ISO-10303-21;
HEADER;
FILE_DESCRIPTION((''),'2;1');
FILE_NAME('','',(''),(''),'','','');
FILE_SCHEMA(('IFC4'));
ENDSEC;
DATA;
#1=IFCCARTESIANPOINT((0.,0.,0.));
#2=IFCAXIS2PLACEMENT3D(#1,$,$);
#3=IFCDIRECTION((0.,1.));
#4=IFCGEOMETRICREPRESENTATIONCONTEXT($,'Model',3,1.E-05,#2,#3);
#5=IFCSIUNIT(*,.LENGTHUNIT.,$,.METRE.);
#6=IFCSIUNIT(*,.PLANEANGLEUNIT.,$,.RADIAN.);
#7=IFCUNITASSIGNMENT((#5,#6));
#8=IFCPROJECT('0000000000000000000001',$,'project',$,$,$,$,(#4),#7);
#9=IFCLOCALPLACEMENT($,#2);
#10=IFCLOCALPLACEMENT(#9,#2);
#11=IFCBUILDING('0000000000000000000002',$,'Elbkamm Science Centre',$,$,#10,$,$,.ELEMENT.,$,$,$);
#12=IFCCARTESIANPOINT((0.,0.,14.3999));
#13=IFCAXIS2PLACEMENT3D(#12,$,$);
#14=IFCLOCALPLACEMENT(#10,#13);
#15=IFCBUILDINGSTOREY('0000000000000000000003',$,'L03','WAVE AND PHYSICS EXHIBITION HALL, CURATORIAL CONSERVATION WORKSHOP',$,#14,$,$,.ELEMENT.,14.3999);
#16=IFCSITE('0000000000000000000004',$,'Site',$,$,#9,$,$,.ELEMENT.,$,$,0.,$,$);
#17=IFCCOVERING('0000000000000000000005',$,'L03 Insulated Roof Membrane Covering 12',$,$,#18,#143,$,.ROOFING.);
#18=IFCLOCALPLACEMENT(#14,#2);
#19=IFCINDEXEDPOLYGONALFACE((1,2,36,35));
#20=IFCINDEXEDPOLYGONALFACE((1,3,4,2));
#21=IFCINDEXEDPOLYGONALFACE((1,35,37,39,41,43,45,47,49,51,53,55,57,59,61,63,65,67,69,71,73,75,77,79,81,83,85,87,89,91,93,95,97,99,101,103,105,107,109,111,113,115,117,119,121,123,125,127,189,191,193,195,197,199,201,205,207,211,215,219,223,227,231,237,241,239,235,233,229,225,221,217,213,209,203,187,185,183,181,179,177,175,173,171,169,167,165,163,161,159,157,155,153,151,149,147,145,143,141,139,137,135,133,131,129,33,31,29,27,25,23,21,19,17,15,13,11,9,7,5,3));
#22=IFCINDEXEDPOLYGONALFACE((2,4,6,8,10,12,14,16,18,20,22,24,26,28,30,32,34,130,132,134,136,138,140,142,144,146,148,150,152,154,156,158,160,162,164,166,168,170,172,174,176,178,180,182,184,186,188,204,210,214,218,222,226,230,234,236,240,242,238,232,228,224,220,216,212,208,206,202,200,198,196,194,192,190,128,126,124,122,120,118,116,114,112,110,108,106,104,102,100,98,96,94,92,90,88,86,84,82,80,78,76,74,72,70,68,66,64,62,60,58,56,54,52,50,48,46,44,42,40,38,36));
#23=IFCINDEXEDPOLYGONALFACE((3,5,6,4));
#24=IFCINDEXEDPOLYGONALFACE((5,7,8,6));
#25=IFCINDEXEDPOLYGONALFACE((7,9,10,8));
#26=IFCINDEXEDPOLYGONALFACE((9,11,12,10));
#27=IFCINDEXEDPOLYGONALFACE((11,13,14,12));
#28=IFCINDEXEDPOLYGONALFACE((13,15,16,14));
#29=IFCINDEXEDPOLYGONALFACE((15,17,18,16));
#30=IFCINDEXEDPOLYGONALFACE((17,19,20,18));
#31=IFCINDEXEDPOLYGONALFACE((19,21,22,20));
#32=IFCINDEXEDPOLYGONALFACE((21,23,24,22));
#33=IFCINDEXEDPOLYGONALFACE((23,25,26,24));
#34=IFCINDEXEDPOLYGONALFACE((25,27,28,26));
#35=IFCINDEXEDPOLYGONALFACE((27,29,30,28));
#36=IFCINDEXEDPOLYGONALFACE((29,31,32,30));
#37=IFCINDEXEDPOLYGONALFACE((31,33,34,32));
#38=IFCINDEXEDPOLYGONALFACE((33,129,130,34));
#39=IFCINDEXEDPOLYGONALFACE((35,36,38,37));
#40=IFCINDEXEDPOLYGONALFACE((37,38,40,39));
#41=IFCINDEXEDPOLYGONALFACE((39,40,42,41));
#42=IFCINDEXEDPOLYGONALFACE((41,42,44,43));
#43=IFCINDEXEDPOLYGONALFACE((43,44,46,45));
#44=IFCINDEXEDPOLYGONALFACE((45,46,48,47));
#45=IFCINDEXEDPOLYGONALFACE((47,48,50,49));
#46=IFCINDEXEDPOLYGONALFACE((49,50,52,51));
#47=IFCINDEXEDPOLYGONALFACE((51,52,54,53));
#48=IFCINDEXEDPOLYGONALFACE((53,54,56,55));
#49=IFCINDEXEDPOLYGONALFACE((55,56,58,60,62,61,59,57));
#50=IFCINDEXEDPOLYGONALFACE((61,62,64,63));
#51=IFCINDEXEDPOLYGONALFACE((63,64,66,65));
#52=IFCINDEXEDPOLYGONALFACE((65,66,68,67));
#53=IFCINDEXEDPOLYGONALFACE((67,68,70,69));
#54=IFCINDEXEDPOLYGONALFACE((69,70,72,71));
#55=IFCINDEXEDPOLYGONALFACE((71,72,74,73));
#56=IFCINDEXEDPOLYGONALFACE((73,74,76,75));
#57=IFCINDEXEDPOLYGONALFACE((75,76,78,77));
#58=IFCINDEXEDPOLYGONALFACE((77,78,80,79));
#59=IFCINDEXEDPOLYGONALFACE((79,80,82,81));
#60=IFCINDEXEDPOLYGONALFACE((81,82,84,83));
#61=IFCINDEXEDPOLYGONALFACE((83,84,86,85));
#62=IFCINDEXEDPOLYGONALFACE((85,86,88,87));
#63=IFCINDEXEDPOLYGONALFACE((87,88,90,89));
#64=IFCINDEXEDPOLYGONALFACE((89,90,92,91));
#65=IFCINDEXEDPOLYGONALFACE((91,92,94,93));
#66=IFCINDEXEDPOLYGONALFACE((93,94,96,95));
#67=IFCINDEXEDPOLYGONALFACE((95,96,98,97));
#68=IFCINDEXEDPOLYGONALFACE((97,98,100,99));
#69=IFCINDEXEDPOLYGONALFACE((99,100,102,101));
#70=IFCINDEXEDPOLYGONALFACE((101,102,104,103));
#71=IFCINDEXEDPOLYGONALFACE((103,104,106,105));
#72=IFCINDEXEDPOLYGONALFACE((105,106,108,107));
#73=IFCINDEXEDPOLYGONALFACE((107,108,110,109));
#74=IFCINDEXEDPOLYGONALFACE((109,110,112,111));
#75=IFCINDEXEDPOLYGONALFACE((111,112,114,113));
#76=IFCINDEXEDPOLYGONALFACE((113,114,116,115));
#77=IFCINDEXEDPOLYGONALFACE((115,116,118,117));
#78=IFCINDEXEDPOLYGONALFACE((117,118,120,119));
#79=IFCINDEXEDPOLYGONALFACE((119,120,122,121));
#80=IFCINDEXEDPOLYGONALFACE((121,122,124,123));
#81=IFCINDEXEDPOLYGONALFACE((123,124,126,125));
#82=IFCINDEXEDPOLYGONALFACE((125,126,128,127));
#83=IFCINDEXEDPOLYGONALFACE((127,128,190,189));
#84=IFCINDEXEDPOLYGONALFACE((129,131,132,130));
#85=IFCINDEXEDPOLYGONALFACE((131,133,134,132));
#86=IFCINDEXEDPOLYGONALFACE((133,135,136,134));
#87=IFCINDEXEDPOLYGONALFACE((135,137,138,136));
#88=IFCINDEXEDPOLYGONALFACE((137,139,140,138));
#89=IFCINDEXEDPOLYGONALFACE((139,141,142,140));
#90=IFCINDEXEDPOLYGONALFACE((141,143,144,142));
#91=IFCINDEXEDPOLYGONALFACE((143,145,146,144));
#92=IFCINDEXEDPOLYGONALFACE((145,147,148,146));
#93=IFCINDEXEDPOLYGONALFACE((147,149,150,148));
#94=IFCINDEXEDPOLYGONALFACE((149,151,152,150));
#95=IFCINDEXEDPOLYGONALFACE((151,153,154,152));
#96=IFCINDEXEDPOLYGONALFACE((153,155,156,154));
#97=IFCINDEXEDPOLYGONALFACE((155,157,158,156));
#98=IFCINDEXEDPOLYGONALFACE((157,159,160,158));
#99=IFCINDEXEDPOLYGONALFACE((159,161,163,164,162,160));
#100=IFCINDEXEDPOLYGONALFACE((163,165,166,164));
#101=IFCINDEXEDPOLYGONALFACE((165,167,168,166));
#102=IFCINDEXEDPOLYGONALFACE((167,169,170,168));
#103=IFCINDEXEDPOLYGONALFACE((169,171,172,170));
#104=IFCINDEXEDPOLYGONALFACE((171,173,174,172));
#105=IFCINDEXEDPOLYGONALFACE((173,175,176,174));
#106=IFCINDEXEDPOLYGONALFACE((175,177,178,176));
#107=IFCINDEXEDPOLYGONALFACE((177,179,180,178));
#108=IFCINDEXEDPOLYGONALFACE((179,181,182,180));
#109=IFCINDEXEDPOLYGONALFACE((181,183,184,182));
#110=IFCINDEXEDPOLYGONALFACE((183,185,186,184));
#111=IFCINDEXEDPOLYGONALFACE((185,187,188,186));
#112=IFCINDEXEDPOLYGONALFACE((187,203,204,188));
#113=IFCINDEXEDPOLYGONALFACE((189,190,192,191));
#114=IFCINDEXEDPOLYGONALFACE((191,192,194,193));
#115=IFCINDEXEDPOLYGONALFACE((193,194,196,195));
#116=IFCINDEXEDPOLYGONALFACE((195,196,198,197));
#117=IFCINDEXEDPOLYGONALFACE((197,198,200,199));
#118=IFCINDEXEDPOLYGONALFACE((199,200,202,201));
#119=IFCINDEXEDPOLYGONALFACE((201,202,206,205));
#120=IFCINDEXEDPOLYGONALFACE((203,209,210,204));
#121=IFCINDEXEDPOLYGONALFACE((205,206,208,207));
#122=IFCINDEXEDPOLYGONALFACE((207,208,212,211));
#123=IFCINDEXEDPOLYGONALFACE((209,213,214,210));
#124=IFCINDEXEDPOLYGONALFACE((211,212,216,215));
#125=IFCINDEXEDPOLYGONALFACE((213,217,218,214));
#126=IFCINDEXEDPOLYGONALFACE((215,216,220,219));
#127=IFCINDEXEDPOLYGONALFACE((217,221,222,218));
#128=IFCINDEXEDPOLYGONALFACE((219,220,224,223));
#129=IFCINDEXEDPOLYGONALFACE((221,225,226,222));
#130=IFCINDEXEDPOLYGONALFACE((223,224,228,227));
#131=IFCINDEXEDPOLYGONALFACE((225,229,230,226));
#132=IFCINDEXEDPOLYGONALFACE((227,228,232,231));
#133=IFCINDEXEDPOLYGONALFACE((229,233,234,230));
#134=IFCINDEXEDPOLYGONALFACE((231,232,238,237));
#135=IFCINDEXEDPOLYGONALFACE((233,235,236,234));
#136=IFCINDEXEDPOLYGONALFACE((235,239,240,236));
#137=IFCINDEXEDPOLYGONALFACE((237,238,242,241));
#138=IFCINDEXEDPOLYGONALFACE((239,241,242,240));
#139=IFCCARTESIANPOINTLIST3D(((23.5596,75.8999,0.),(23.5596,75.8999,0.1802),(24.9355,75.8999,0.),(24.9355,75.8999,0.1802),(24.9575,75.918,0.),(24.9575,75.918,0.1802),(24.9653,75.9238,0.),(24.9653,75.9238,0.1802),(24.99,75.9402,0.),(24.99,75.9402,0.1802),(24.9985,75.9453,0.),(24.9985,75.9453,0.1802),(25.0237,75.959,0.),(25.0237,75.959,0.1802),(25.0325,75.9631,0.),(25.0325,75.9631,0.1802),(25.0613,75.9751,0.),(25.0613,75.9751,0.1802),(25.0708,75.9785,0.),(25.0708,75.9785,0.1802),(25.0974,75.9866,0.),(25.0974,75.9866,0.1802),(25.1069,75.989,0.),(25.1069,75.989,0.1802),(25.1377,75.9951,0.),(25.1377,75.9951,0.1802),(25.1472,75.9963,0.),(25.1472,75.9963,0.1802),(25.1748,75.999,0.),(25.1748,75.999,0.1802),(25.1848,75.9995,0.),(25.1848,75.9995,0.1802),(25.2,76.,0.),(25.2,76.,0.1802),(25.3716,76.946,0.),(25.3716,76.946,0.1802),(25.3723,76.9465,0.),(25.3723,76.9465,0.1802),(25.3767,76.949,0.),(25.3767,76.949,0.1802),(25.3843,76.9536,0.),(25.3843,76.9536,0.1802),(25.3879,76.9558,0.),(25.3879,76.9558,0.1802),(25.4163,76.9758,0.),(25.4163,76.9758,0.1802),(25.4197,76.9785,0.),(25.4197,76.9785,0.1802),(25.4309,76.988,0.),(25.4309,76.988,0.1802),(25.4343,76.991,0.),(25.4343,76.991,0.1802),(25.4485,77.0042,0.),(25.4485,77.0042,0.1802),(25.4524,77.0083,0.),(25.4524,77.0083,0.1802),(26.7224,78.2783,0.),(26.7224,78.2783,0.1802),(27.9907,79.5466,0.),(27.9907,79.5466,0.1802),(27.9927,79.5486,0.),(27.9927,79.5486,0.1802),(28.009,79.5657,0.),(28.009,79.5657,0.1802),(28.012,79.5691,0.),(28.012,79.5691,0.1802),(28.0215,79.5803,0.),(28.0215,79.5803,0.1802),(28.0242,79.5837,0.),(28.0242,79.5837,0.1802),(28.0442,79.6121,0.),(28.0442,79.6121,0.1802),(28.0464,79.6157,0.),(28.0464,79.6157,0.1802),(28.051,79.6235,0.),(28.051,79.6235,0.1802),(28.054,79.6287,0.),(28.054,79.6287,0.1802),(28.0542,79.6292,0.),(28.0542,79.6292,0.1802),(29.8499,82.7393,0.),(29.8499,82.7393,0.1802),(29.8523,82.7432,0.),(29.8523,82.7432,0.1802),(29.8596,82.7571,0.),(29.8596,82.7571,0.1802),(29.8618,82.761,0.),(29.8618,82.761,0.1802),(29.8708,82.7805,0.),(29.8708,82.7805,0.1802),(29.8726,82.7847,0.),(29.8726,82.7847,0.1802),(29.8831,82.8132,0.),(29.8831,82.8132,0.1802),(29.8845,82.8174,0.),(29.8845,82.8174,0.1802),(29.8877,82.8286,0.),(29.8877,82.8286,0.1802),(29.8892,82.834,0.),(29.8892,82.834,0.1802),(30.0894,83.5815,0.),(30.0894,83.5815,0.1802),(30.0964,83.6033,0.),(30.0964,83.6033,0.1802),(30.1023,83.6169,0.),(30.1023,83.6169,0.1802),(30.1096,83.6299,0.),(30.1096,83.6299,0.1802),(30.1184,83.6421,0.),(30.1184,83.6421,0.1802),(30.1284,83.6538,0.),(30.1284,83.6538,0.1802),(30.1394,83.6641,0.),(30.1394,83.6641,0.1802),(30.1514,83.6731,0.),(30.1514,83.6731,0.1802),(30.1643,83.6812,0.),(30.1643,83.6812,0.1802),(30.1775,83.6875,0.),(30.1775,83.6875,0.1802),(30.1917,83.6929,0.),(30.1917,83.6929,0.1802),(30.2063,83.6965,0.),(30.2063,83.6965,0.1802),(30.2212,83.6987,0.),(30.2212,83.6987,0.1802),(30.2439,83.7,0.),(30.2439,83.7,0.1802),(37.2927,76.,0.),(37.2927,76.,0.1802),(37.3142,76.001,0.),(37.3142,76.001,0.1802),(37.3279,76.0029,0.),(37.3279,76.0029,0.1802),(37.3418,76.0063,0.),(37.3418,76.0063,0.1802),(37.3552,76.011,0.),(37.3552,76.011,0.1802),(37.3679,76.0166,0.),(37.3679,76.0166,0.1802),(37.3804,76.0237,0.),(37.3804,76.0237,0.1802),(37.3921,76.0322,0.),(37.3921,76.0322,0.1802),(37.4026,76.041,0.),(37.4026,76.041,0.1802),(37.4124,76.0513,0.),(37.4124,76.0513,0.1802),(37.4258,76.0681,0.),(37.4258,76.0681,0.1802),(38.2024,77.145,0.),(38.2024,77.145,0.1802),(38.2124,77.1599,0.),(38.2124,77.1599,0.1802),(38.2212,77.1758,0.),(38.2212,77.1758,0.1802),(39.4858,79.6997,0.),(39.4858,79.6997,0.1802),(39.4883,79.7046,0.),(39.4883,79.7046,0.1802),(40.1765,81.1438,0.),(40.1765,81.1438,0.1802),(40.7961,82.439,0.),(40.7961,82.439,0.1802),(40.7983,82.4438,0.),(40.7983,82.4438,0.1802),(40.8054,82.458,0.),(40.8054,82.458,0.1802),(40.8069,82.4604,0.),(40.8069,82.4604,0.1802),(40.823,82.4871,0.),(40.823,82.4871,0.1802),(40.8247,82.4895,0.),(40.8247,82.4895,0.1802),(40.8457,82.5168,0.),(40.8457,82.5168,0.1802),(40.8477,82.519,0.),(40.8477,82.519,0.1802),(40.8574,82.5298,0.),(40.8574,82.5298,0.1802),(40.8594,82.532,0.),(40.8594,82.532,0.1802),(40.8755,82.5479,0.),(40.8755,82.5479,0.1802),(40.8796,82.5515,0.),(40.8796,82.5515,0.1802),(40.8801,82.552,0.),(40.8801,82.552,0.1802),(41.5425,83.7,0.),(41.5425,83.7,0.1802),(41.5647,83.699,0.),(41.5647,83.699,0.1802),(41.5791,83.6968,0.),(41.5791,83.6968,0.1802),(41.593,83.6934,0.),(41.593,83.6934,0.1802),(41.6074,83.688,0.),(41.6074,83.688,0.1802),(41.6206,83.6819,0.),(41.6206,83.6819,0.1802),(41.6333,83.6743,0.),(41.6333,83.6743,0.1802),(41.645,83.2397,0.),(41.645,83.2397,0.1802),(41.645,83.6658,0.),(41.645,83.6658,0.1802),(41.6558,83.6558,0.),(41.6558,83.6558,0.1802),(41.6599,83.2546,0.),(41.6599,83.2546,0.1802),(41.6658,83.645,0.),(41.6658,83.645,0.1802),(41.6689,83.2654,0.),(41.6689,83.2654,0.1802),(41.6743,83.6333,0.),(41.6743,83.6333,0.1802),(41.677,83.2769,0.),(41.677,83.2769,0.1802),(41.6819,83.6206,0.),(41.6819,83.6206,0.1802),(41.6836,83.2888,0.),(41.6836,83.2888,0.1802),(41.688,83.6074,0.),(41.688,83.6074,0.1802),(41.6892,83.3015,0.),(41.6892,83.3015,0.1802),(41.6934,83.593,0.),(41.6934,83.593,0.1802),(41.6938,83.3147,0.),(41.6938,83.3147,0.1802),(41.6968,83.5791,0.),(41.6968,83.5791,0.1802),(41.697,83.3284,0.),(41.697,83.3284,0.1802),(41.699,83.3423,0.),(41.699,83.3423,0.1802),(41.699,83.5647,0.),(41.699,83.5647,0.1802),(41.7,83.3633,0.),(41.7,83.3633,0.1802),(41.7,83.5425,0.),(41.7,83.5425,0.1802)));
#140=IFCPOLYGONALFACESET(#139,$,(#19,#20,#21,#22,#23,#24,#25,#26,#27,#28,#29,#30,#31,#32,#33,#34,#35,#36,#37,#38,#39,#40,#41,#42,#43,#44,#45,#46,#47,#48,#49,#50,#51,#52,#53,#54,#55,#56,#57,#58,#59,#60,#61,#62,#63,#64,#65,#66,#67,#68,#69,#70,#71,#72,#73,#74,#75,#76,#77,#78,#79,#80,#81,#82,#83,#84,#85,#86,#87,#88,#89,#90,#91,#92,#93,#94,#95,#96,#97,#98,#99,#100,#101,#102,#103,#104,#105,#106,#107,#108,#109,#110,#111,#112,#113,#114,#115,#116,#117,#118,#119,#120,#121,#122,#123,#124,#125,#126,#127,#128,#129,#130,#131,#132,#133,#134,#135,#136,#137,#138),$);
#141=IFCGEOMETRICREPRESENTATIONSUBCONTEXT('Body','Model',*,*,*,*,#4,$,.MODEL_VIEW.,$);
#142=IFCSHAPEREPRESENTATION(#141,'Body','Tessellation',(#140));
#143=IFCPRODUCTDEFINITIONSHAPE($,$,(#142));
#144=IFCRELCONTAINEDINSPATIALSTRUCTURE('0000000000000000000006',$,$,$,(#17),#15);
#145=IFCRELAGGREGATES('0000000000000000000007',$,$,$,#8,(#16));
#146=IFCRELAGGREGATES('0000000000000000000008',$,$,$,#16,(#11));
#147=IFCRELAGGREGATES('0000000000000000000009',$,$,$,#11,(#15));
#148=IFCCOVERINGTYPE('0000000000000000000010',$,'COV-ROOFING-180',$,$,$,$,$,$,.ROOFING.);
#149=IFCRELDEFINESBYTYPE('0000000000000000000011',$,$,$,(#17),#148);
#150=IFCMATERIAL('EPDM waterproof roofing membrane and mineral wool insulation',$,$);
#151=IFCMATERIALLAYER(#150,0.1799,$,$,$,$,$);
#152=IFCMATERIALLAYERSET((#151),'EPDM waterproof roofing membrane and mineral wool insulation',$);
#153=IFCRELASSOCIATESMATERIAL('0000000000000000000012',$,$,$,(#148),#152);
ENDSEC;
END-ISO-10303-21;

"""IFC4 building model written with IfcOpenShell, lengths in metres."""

from ifc_helpers import new_model, si_unit, direction, frame, origin, place, context, subcontext, project, spatial, polyline, outline, extrude, material, layer, layer_set, type_object, element, save


model = new_model("IFC4")

# Units and contexts
model_context = context("Model", 3, precision=1e-05, world=origin(), true_north=direction((0.0, 1.0)))
body_context = subcontext(model_context, "Body", "Model", "MODEL_VIEW")
ifc_project = project(units=[si_unit("LENGTHUNIT", "METRE"), si_unit("PLANEANGLEUNIT", "RADIAN")], contexts=[model_context])

# Site, building, storey
site_placement = place(None, origin())
site = spatial("IfcSite", under=ifc_project, at=site_placement, Name="Site", CompositionType="ELEMENT", RefElevation=0.0)
building_placement = place(site_placement, origin())
building = spatial("IfcBuilding", under=site, at=building_placement, Name="Elbkamm Science Centre", CompositionType="ELEMENT")
storey_placement = place(building_placement, frame((0.0, 0.0, 14.3999)))
storey = spatial("IfcBuildingStorey", under=building, at=storey_placement, Name="L03", Description="WAVE AND PHYSICS EXHIBITION HALL, CURATORIAL CONSERVATION WORKSHOP", CompositionType="ELEMENT", Elevation=14.3999)

# Covering
ifc_material_1 = material(Name="EPDM waterproof roofing membrane and mineral wool insulation")
ifc_layer_1 = layer(ifc_material_1, 0.1799)
ifc_layer_set_1 = layer_set([ifc_layer_1], Name="EPDM waterproof roofing membrane and mineral wool insulation")
covering_type = type_object("IfcCoveringType", Name="COV-ROOFING-180", PredefinedType="ROOFING", material=ifc_layer_set_1)
covering_1_placement = place(storey_placement, origin())
element("IfcCovering", 1, at=covering_1_placement, inside=storey, type_object=covering_type, Name="L03 Insulated Roof Membrane Covering 12", PredefinedType="ROOFING", context=body_context, shape_type="SweptSolid", body=[
    extrude(outline(polyline([(24.9355, 75.8999), (23.5596, 75.8999), (25.3716, 76.946), (25.3723, 76.9465), (25.3767, 76.949), (25.3843, 76.9536), (25.3879, 76.9558), (25.4163, 76.9758), (25.4197, 76.9785), (25.4309, 76.988), (25.4343, 76.991), (25.4485, 77.0042), (25.4524, 77.0083), (26.7224, 78.2783), (27.9907, 79.5466), (27.9927, 79.5486), (28.009, 79.5657), (28.012, 79.5691), (28.0215, 79.5803), (28.0242, 79.5837), (28.0442, 79.6121), (28.0464, 79.6157), (28.051, 79.6235), (28.054, 79.6287), (28.0542, 79.6292), (29.8499, 82.7393), (29.8523, 82.7432), (29.8596, 82.7571), (29.8618, 82.761), (29.8708, 82.7805), (29.8726, 82.7847), (29.8831, 82.8132), (29.8845, 82.8174), (29.8877, 82.8286), (29.8892, 82.834), (30.0894, 83.5815), (30.0964, 83.6033), (30.1023, 83.6169), (30.1096, 83.6299), (30.1184, 83.6421), (30.1284, 83.6538), (30.1394, 83.6641), (30.1514, 83.6731), (30.1643, 83.6812), (30.1775, 83.6875), (30.1917, 83.6929), (30.2063, 83.6965), (30.2212, 83.6987), (30.2439, 83.7), (41.5425, 83.7), (41.5647, 83.699), (41.5791, 83.6968), (41.593, 83.6934), (41.6074, 83.688), (41.6206, 83.6819), (41.6333, 83.6743), (41.645, 83.6658), (41.6558, 83.6558), (41.6658, 83.645), (41.6743, 83.6333), (41.6819, 83.6206), (41.688, 83.6074), (41.6934, 83.593), (41.6968, 83.5791), (41.699, 83.5647), (41.7, 83.5425), (41.7, 83.3633), (41.699, 83.3423), (41.697, 83.3284), (41.6938, 83.3147), (41.6892, 83.3015), (41.6836, 83.2888), (41.677, 83.2769), (41.6689, 83.2654), (41.6599, 83.2546), (41.645, 83.2397), (40.8801, 82.552), (40.8796, 82.5515), (40.8755, 82.5479), (40.8594, 82.532), (40.8574, 82.5298), (40.8477, 82.519), (40.8457, 82.5168), (40.8247, 82.4895), (40.823, 82.4871), (40.8069, 82.4604), (40.8054, 82.458), (40.7983, 82.4438), (40.7961, 82.439), (40.1765, 81.1438), (39.4883, 79.7046), (39.4858, 79.6997), (38.2212, 77.1758), (38.2124, 77.1599), (38.2024, 77.145), (37.4258, 76.0681), (37.4124, 76.0513), (37.4026, 76.041), (37.3921, 76.0322), (37.3804, 76.0237), (37.3679, 76.0166), (37.3552, 76.011), (37.3418, 76.0063), (37.3279, 76.0029), (37.3142, 76.001), (37.2927, 76.0), (25.2, 76.0), (25.1848, 75.9995), (25.1748, 75.999), (25.1472, 75.9963), (25.1377, 75.9951), (25.1069, 75.989), (25.0974, 75.9866), (25.0708, 75.9785), (25.0613, 75.9751), (25.0325, 75.9631), (25.0237, 75.959), (24.9985, 75.9453), (24.99, 75.9402), (24.9653, 75.9238), (24.9575, 75.918), (24.9355, 75.8999)])), origin(), (0.0, 0.0, 1.0), 0.1802),
])

save(model, "model.ifc")
